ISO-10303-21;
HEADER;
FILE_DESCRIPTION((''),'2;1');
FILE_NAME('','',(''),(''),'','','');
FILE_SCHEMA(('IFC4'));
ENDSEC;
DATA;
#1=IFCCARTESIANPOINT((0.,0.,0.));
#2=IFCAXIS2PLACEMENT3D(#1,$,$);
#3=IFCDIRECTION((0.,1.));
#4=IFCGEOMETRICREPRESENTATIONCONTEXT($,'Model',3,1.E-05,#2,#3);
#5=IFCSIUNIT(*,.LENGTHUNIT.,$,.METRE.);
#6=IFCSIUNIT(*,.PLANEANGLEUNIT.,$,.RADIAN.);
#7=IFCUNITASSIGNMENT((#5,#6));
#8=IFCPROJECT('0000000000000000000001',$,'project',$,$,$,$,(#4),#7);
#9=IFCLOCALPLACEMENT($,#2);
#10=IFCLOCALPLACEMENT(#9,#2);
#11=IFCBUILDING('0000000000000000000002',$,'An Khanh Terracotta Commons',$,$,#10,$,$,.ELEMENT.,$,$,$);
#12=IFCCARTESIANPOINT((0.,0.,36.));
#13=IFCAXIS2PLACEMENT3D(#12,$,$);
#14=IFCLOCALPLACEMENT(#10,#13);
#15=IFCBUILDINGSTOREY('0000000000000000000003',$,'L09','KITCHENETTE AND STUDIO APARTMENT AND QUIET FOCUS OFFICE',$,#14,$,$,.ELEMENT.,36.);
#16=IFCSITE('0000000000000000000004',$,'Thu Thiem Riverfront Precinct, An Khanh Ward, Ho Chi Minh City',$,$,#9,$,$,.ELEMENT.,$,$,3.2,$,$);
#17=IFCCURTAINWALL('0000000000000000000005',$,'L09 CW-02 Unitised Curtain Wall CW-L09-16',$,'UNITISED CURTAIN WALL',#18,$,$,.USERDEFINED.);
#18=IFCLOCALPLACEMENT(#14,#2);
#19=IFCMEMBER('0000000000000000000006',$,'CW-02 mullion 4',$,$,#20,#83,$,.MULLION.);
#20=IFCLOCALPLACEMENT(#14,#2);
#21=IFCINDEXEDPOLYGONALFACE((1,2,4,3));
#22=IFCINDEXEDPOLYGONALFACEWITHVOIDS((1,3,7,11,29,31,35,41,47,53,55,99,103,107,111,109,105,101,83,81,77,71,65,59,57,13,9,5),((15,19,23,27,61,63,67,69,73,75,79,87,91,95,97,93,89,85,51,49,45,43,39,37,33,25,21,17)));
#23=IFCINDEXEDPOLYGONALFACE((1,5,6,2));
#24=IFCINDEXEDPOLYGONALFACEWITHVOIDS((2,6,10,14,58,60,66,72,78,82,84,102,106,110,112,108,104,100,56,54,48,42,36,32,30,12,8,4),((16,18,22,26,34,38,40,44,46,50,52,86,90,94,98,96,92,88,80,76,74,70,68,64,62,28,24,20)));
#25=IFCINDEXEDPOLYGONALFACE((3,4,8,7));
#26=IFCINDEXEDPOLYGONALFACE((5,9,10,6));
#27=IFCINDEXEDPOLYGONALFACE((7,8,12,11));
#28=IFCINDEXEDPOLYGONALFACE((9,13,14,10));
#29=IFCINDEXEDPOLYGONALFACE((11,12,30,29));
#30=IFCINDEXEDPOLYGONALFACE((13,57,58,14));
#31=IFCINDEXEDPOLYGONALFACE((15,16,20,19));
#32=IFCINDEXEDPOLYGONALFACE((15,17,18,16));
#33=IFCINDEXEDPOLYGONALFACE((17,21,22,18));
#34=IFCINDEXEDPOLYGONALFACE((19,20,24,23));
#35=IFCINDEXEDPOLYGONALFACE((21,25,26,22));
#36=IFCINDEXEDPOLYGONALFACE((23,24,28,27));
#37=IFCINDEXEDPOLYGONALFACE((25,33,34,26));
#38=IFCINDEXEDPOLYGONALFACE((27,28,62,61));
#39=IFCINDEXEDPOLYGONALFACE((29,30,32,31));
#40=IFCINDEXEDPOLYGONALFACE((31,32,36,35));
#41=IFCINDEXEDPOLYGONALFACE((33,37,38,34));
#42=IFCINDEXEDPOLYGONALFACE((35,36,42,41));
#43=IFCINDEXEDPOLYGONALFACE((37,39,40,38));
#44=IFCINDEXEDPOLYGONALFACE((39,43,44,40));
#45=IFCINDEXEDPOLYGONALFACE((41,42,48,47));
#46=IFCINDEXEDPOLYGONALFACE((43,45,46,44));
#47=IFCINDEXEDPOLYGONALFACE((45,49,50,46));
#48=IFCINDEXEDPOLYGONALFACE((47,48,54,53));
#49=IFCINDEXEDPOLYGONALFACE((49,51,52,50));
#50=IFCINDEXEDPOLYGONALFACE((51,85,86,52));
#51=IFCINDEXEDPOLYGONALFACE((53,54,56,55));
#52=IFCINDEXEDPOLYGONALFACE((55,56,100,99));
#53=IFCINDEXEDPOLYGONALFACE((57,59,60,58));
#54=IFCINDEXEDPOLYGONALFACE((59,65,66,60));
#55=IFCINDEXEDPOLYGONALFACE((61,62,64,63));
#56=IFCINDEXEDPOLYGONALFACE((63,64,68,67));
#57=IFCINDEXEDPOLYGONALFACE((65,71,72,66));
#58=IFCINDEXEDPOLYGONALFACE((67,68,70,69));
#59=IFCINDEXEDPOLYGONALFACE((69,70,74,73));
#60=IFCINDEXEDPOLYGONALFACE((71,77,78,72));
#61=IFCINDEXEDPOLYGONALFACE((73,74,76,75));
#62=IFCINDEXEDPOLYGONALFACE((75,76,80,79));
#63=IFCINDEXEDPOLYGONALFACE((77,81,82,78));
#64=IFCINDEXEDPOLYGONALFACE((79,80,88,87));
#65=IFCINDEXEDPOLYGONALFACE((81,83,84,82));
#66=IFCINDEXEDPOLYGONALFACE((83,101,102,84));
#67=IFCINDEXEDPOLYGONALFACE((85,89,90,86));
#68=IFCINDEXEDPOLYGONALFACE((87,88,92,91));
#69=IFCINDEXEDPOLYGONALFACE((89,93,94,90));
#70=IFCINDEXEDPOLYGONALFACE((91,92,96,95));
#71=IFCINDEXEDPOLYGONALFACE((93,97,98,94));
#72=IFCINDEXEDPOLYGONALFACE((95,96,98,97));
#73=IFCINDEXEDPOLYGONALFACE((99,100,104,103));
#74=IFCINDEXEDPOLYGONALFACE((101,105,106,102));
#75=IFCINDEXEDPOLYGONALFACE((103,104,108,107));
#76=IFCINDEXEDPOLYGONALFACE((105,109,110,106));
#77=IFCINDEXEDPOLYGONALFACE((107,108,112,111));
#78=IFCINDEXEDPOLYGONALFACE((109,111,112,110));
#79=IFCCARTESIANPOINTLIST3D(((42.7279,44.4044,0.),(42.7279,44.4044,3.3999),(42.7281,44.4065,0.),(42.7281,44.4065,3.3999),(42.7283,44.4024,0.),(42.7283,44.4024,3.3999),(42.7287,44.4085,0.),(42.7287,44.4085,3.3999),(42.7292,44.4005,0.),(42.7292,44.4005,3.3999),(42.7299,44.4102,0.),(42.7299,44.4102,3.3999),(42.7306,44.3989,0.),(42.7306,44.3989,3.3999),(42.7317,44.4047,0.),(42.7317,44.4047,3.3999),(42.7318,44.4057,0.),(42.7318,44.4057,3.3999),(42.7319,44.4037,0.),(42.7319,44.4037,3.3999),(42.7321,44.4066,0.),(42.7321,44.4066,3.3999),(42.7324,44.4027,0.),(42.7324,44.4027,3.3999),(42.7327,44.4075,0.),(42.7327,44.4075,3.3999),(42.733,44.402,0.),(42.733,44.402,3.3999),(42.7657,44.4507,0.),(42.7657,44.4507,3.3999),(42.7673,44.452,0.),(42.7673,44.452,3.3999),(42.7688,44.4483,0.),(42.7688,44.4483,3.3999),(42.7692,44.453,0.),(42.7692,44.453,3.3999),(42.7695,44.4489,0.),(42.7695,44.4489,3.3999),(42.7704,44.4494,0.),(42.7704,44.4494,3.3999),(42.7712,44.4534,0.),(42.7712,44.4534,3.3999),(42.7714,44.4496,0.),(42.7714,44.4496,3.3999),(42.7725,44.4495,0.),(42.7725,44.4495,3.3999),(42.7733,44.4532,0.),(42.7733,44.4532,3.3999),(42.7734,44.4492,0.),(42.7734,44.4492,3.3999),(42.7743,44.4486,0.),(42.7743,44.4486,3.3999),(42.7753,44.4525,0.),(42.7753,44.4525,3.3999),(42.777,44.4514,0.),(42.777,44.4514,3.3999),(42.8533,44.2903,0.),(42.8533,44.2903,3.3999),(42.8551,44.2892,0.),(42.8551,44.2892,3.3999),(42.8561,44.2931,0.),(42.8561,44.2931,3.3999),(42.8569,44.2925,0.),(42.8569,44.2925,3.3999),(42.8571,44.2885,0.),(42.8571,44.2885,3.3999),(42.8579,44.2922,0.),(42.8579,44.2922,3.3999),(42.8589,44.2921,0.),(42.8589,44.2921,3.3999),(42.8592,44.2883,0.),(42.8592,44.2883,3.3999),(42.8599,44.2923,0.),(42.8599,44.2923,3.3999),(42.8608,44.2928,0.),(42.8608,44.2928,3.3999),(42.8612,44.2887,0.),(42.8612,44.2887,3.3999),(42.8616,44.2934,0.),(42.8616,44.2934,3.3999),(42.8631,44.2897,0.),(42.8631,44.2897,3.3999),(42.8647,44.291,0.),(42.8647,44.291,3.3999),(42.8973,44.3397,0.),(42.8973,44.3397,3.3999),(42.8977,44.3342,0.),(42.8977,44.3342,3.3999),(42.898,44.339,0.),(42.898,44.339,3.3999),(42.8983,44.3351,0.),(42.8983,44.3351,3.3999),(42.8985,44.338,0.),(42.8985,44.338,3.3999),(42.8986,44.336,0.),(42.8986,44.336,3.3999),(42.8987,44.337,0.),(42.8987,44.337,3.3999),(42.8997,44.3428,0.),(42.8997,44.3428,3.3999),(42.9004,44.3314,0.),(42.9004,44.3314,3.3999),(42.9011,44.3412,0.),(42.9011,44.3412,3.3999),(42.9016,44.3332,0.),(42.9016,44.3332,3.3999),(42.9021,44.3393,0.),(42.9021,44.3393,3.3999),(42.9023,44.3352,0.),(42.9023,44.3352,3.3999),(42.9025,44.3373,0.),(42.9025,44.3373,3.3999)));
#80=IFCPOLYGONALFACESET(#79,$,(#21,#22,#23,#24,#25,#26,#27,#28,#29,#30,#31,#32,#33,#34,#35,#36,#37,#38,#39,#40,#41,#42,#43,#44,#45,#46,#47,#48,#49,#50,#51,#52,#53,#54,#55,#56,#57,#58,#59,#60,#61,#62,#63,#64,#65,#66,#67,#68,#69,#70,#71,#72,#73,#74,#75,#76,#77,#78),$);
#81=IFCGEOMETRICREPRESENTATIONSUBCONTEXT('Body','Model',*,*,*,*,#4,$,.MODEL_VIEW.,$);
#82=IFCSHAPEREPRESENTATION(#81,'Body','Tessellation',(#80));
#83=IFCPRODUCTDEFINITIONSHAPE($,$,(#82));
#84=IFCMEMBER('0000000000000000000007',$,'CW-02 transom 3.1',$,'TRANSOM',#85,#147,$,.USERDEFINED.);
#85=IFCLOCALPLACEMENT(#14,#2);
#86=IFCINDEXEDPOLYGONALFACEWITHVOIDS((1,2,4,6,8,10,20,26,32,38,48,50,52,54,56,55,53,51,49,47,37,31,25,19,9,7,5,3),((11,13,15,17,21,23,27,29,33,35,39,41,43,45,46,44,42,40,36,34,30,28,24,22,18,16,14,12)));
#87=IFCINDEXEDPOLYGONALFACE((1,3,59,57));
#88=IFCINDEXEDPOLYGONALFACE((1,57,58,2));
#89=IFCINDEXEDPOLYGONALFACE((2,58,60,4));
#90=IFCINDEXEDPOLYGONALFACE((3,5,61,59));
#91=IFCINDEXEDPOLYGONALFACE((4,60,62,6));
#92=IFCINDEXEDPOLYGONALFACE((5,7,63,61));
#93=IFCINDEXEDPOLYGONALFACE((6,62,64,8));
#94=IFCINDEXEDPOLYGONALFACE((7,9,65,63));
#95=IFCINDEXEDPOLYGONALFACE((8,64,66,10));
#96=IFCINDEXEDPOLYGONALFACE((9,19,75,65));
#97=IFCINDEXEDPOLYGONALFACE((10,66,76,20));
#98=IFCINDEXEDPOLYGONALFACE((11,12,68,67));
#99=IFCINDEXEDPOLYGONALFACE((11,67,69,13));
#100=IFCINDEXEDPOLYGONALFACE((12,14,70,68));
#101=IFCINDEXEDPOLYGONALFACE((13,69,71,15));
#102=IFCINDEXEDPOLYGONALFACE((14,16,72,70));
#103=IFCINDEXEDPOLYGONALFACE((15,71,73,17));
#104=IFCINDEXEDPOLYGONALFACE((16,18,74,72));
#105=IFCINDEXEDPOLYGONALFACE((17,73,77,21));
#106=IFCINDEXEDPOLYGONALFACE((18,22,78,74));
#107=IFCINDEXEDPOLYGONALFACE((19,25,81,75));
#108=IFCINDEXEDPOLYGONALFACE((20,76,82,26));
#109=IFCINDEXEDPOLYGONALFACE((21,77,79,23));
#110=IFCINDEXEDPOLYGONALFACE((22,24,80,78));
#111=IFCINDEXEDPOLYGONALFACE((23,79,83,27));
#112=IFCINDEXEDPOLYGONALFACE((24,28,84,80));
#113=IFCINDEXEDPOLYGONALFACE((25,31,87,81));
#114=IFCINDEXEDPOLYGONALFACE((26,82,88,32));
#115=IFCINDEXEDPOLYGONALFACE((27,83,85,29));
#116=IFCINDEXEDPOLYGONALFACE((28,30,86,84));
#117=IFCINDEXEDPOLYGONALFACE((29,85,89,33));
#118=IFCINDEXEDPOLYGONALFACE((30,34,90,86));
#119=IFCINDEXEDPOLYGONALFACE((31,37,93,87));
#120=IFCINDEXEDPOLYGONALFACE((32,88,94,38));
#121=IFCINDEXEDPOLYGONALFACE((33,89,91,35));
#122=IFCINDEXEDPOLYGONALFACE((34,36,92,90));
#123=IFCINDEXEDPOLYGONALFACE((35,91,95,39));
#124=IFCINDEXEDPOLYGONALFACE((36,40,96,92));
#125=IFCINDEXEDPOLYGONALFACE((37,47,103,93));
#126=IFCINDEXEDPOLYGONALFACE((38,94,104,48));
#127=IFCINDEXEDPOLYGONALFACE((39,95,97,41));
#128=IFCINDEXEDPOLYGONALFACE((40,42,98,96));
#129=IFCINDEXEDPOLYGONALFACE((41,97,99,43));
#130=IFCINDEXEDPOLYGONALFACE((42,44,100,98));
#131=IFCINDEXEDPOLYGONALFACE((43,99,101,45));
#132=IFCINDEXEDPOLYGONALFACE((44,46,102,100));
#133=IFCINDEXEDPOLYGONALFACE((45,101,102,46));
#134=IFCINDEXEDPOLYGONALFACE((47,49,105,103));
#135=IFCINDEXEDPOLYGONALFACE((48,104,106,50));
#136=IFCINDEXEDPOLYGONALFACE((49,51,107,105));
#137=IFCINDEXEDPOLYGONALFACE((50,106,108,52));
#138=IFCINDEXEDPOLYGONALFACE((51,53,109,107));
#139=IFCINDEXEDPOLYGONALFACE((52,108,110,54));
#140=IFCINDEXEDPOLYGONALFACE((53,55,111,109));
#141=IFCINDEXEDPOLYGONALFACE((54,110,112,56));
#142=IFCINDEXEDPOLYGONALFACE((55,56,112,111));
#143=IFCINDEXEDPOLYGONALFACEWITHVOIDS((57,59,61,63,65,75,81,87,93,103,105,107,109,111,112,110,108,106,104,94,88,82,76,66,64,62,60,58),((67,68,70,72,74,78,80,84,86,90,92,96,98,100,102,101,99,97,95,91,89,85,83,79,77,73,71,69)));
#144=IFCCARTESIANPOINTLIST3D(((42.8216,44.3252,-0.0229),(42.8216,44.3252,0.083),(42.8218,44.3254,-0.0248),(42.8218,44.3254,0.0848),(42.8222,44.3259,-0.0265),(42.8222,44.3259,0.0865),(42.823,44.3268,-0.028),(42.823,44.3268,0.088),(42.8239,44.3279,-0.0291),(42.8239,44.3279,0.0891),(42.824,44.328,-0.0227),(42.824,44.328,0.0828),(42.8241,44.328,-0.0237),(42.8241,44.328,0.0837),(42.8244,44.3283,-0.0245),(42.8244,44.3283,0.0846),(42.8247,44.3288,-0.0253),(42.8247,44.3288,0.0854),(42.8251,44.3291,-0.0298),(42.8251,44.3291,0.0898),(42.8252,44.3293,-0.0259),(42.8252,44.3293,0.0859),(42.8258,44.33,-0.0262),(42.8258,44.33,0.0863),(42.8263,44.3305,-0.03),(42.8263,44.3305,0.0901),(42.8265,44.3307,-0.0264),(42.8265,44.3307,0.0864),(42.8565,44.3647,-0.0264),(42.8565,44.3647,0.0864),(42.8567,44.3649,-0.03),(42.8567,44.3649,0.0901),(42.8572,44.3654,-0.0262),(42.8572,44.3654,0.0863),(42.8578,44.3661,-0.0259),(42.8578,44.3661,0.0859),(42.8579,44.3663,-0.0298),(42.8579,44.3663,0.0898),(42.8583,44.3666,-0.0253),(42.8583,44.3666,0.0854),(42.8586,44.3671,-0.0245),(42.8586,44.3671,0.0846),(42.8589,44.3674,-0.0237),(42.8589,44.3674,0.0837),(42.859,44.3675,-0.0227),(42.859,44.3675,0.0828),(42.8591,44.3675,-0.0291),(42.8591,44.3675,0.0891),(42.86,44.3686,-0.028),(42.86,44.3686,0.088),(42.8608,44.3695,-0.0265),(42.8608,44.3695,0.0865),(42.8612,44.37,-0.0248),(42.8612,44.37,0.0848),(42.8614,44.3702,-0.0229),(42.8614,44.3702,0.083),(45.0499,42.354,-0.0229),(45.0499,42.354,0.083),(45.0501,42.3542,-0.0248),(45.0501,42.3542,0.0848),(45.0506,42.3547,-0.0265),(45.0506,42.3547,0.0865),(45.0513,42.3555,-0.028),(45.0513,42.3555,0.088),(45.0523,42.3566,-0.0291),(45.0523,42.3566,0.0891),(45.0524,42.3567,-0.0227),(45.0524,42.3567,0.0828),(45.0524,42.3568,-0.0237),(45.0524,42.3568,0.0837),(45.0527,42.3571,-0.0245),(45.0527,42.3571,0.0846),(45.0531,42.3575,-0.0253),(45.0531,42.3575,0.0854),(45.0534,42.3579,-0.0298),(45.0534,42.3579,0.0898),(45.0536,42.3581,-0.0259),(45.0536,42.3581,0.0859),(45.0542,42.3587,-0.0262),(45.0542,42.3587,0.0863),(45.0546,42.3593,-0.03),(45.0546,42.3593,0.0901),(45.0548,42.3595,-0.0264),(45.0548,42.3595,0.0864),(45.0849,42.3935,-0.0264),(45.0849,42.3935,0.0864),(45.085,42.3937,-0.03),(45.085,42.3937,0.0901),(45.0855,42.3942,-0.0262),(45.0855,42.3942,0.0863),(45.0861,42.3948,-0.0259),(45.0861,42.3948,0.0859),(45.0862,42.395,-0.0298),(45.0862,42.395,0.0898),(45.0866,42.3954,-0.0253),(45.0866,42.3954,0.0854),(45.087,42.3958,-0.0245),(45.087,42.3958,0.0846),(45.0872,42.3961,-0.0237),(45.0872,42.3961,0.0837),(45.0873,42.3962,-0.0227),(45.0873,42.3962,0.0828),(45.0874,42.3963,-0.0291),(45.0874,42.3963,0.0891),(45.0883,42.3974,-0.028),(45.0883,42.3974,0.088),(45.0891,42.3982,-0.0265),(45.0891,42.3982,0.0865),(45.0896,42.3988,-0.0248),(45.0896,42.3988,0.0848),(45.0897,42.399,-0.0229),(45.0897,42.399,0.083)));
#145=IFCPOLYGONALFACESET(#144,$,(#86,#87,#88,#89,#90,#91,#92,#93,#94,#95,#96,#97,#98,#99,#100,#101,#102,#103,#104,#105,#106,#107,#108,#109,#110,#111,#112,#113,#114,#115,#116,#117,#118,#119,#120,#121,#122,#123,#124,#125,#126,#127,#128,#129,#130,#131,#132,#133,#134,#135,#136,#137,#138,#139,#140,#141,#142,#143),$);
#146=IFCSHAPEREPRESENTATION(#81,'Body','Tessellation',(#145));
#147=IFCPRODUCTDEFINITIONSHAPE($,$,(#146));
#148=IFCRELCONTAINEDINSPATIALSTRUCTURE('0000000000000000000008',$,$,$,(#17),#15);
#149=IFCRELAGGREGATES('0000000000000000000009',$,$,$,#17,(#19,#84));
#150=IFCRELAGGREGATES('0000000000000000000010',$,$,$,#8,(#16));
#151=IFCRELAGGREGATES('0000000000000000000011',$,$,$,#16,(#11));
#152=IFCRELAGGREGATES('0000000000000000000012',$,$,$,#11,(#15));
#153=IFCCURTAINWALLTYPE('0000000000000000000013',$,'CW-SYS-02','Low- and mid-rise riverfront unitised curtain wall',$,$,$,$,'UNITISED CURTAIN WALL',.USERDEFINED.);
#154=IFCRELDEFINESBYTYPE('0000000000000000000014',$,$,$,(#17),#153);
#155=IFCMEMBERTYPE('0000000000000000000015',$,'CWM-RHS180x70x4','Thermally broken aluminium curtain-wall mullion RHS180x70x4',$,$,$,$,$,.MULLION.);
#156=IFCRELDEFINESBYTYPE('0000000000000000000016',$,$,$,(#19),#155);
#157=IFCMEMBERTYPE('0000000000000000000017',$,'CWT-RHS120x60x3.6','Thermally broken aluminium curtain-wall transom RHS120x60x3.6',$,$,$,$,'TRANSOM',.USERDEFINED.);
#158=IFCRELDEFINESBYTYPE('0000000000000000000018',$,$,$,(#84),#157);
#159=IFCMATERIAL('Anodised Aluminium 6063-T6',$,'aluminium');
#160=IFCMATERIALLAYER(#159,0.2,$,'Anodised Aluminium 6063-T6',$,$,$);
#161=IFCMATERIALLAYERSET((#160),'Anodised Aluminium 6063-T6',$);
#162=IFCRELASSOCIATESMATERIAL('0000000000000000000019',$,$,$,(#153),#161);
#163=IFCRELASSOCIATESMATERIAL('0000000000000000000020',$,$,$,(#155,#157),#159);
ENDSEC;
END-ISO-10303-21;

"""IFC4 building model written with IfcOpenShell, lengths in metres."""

from ifc_helpers import new_model, si_unit, direction, frame, origin, origin_2d, place, context, subcontext, project, spatial, hollow_rectangle, extrude, material, layer, layer_set, material_profile, profile_set, type_object, element, aggregate, save


model = new_model("IFC4")

# Units and contexts
model_context = context("Model", 3, precision=1e-05, world=origin(), true_north=direction((0.0, 1.0)))
body_context = subcontext(model_context, "Body", "Model", "MODEL_VIEW")
ifc_project = project(units=[si_unit("LENGTHUNIT", "METRE"), si_unit("PLANEANGLEUNIT", "RADIAN")], contexts=[model_context])

# Site, building, storey
site_placement = place(None, origin())
site = spatial("IfcSite", under=ifc_project, at=site_placement, Name="Thu Thiem Riverfront Precinct, An Khanh Ward, Ho Chi Minh City", CompositionType="ELEMENT", RefElevation=3.2)
building_placement = place(site_placement, origin())
building = spatial("IfcBuilding", under=site, at=building_placement, Name="An Khanh Terracotta Commons", CompositionType="ELEMENT")
storey_placement = place(building_placement, frame((0.0, 0.0, 36.0)))
storey = spatial("IfcBuildingStorey", under=building, at=storey_placement, Name="L09", Description="KITCHENETTE AND STUDIO APARTMENT AND QUIET FOCUS OFFICE", CompositionType="ELEMENT", Elevation=36.0)

# Curtain wall, members
ifc_material_1 = material(Name="Anodised Aluminium 6063-T6", Category="aluminium")
ifc_layer_1 = layer(ifc_material_1, 0.2, Name="Anodised Aluminium 6063-T6")
ifc_layer_set_1 = layer_set([ifc_layer_1], Name="Anodised Aluminium 6063-T6")
curtain_wall_type = type_object("IfcCurtainWallType", Name="CW-SYS-02", Description="Low- and mid-rise riverfront unitised curtain wall", ElementType="UNITISED CURTAIN WALL", PredefinedType="USERDEFINED", material=ifc_layer_set_1)
curtain_wall_placement = place(storey_placement, origin())
curtain_wall = element("IfcCurtainWall", 1, at=curtain_wall_placement, inside=storey, type_object=curtain_wall_type, Name="L09 CW-02 Unitised Curtain Wall CW-L09-16", ObjectType="UNITISED CURTAIN WALL", PredefinedType="USERDEFINED")
ifc_material_profile_1 = material_profile(ifc_material_1, hollow_rectangle(XDim=0.0701, YDim=0.1799, WallThickness=0.0039, InnerFilletRadius=0.0039, OuterFilletRadius=0.0081, at=origin_2d()), Name="RHS180x70x4")
ifc_profile_set_1 = profile_set([ifc_material_profile_1], Name="Anodised Aluminium 6063-T6")
member_type_1 = type_object("IfcMemberType", Name="CWM-RHS180x70x4", Description="Thermally broken aluminium curtain-wall mullion RHS180x70x4", PredefinedType="MULLION", material=ifc_profile_set_1)
member_1_placement = place(storey_placement, frame((42.8152, 44.3708, 0.0), z_axis=(0.0, 0.0, 1.0), x_axis=(-0.662548, -0.749019, 0.0)))
member_1 = element("IfcMember", 2, at=member_1_placement, type_object=member_type_1, Name="CW-02 mullion 4", PredefinedType="MULLION", context=body_context, shape_type="SweptSolid", body=[
    extrude(hollow_rectangle(XDim=0.0701, YDim=0.1799, WallThickness=0.0039, InnerFilletRadius=0.0039, OuterFilletRadius=0.0081, at=origin_2d()), origin(), (0.0, 0.0, 1.0), 3.3999),
])
ifc_material_profile_2 = material_profile(ifc_material_1, hollow_rectangle(XDim=0.0601, YDim=0.1201, WallThickness=0.0037, InnerFilletRadius=0.0037, OuterFilletRadius=0.0071, at=origin_2d()), Name="RHS120x60x3.6")
ifc_profile_set_2 = profile_set([ifc_material_profile_2], Name="Anodised Aluminium 6063-T6")
member_type_2 = type_object("IfcMemberType", Name="CWT-RHS120x60x3.6", Description="Thermally broken aluminium curtain-wall transom RHS120x60x3.6", ElementType="TRANSOM", PredefinedType="USERDEFINED", material=ifc_profile_set_2)
member_2_placement = place(storey_placement, frame((45.0698, 42.3765, 0.03), z_axis=(-0.748992, 0.662579, 0.0), x_axis=(-0.662579, -0.748992, 0.0)))
member_2 = element("IfcMember", 3, at=member_2_placement, type_object=member_type_2, Name="CW-02 transom 3.1", ObjectType="TRANSOM", PredefinedType="USERDEFINED", context=body_context, shape_type="SweptSolid", body=[
    extrude(hollow_rectangle(XDim=0.0601, YDim=0.1201, WallThickness=0.0037, InnerFilletRadius=0.0037, OuterFilletRadius=0.0071, at=origin_2d()), origin(), (0.0, 0.0, 1.0), 2.9751),
])
aggregate(curtain_wall, [member_1, member_2])

save(model, "model.ifc")
